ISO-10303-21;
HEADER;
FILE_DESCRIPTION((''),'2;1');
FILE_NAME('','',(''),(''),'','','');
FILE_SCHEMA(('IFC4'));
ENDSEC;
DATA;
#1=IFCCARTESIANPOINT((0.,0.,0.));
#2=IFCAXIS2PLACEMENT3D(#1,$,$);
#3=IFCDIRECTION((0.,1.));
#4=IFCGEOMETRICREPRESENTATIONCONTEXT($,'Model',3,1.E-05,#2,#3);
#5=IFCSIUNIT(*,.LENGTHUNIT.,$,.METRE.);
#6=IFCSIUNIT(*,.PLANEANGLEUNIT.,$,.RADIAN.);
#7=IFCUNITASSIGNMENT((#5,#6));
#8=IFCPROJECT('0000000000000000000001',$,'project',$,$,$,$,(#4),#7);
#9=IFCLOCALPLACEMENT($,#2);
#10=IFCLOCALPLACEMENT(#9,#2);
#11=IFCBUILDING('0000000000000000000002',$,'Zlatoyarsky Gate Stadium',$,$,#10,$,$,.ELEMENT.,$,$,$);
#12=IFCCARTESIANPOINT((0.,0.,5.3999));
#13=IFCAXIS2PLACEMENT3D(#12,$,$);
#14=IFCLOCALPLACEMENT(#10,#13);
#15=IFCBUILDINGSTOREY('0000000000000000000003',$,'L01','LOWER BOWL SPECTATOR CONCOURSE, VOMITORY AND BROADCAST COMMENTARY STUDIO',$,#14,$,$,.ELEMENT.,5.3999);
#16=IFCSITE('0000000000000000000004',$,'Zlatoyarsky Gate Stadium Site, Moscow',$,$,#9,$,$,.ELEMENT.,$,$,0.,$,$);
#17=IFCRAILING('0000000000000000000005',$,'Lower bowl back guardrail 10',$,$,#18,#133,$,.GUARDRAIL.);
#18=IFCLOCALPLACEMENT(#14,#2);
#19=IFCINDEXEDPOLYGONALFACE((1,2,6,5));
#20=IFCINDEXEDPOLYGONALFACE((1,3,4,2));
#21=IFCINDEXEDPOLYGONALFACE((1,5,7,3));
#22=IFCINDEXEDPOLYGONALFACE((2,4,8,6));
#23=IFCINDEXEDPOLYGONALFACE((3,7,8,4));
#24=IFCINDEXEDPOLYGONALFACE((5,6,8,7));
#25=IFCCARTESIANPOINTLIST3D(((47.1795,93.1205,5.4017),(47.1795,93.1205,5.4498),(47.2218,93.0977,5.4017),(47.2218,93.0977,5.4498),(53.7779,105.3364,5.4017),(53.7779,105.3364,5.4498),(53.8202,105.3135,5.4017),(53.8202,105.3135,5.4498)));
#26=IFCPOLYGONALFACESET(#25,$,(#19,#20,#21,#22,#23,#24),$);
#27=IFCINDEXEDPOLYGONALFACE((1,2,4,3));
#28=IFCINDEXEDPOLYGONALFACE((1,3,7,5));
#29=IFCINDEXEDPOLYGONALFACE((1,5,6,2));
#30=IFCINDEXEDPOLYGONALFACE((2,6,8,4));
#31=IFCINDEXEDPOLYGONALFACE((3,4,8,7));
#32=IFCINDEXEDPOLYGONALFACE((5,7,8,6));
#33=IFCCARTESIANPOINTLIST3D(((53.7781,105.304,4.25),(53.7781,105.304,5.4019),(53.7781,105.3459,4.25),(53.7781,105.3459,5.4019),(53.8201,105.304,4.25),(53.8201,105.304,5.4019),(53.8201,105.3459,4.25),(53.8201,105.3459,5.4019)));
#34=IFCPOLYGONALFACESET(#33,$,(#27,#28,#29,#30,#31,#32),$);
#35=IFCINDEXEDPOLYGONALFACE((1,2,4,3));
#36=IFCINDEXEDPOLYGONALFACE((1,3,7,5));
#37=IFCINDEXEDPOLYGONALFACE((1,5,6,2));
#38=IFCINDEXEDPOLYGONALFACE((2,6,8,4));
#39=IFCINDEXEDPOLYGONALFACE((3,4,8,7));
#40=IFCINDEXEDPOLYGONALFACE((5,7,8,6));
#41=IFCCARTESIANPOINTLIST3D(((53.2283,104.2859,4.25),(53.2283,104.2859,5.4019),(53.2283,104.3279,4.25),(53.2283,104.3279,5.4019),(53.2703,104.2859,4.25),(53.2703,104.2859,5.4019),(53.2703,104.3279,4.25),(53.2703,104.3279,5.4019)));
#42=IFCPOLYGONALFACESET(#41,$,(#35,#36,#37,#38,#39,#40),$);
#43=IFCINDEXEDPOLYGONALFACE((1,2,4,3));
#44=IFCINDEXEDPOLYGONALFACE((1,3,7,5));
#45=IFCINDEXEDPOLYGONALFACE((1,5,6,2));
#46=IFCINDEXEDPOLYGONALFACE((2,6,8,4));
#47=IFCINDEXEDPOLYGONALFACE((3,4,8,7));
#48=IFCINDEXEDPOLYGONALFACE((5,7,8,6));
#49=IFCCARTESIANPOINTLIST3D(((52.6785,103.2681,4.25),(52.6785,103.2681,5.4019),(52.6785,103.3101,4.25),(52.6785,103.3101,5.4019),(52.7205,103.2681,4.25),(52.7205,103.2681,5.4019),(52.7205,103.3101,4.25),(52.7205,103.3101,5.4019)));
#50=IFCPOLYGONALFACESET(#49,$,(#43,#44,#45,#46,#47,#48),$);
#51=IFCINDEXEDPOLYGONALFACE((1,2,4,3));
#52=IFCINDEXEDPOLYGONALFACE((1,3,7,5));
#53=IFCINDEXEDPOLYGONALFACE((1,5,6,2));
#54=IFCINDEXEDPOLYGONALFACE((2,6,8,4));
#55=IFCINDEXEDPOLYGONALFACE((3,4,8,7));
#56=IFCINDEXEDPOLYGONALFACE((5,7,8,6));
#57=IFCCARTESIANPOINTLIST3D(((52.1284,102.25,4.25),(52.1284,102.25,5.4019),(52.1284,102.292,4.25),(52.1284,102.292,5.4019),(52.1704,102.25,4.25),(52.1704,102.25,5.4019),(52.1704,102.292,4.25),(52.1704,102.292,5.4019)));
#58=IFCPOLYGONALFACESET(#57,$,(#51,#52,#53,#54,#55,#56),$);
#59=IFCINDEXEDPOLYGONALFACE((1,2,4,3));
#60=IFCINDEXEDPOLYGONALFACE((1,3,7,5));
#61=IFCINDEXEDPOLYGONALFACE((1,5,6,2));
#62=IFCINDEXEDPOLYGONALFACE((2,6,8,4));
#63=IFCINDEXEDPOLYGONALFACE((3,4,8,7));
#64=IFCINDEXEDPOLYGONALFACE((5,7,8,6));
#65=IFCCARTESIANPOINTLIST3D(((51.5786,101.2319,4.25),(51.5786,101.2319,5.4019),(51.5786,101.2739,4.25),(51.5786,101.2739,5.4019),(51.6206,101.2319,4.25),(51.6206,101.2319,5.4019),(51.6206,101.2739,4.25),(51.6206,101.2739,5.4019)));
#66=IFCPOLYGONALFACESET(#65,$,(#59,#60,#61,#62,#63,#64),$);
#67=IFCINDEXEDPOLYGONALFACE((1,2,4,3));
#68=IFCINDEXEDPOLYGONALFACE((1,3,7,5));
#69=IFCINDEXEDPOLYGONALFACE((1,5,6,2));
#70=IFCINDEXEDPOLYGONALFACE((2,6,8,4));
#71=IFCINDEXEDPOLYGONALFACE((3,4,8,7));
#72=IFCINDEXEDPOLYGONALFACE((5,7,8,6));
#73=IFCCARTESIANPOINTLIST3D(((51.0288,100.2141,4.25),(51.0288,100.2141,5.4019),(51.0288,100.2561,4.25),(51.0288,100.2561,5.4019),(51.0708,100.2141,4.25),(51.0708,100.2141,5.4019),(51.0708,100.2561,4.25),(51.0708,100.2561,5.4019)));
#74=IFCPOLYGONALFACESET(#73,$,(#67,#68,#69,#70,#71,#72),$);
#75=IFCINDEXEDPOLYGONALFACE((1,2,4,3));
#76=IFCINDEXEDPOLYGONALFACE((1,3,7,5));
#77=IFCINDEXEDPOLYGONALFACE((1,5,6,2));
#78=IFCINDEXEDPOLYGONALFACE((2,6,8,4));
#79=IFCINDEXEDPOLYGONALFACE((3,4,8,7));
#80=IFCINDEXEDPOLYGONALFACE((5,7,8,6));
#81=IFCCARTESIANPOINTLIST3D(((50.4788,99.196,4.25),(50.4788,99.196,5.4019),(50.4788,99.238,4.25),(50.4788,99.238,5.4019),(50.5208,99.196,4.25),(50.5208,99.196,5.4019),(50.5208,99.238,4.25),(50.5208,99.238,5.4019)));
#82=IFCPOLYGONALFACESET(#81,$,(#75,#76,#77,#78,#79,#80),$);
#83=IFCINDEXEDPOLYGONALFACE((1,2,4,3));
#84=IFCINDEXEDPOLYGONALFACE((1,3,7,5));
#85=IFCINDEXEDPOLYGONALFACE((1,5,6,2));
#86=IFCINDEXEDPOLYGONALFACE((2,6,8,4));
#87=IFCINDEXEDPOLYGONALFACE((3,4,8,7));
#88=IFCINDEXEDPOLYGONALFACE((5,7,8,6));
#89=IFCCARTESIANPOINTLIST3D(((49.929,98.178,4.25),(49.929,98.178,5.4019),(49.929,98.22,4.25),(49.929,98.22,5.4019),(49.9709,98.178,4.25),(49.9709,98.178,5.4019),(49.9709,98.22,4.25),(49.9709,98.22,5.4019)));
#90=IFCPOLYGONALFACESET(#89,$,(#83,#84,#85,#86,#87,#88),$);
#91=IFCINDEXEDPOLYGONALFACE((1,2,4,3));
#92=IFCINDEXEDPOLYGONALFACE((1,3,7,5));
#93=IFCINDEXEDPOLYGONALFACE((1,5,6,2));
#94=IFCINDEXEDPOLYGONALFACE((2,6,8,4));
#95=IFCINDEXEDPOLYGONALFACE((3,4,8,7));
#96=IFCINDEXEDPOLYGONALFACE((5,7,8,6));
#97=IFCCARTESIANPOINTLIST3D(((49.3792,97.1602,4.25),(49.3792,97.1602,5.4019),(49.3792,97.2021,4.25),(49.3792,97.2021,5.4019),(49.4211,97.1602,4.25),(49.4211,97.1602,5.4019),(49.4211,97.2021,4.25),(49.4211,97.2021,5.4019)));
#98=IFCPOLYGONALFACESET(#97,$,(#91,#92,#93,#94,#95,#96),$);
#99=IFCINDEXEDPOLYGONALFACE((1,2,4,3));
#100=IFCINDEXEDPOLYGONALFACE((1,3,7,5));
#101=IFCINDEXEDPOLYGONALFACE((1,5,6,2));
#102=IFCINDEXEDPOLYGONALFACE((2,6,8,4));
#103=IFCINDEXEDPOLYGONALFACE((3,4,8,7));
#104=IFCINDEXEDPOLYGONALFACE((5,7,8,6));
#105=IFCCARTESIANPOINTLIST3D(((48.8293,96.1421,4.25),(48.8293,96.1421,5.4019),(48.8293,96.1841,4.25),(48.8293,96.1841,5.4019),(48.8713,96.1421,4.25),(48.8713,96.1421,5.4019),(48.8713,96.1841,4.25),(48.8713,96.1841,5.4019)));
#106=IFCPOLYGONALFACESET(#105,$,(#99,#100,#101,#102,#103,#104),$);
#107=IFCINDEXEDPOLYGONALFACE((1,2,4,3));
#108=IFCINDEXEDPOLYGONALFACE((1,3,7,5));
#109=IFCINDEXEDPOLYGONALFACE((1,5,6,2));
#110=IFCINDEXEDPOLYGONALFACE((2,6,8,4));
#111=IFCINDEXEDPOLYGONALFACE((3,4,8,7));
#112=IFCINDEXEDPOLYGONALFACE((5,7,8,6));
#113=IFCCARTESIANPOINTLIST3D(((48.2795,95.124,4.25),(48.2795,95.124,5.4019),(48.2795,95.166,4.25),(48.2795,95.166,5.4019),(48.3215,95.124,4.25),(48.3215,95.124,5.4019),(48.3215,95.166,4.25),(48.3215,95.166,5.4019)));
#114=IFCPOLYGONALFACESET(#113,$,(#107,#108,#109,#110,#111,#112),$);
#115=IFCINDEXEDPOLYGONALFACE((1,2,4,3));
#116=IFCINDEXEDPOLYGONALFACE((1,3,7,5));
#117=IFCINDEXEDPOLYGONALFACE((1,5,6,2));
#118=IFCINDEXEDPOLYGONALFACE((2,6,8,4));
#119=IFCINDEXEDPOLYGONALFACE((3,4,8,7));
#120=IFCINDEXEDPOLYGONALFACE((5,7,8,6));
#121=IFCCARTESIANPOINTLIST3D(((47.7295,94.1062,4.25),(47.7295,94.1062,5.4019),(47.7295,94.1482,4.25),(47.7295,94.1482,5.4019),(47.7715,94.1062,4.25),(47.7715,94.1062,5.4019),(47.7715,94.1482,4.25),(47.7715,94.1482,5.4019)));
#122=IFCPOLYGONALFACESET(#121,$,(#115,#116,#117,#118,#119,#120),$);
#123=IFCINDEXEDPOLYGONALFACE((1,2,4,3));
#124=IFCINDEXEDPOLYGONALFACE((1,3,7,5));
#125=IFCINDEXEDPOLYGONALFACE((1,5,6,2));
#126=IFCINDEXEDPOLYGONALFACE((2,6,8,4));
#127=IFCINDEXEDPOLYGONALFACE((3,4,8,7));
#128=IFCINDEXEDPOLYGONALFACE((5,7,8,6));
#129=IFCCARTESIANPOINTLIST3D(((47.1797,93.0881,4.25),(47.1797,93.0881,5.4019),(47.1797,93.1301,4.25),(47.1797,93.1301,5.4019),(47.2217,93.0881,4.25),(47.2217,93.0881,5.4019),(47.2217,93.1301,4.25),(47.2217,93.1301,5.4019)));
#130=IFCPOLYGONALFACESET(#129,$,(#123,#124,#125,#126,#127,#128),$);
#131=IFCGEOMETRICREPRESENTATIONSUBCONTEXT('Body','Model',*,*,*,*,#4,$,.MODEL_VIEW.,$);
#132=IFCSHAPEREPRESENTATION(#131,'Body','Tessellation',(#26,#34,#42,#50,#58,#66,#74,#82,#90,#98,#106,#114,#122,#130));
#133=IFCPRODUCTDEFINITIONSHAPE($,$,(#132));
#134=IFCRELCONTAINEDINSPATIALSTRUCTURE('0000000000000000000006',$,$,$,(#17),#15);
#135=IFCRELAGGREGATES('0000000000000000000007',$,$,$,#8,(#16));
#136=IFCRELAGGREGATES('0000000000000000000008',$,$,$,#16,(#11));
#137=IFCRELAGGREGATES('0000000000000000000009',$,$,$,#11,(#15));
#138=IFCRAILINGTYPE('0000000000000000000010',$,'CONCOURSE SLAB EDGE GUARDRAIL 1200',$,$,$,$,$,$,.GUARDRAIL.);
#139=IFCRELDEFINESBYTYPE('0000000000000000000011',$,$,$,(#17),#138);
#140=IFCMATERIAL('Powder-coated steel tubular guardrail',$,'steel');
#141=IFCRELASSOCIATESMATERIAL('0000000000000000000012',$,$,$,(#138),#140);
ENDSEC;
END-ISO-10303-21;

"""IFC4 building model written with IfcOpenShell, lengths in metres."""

from ifc_helpers import new_model, si_unit, direction, frame, origin, origin_2d, place, context, subcontext, project, spatial, rectangle, extrude, material, type_object, element, save


model = new_model("IFC4")

# Units and contexts
model_context = context("Model", 3, precision=1e-05, world=origin(), true_north=direction((0.0, 1.0)))
body_context = subcontext(model_context, "Body", "Model", "MODEL_VIEW")
ifc_project = project(units=[si_unit("LENGTHUNIT", "METRE"), si_unit("PLANEANGLEUNIT", "RADIAN")], contexts=[model_context])

# Site, building, storey
site_placement = place(None, origin())
site = spatial("IfcSite", under=ifc_project, at=site_placement, Name="Zlatoyarsky Gate Stadium Site, Moscow", CompositionType="ELEMENT", RefElevation=0.0)
building_placement = place(site_placement, origin())
building = spatial("IfcBuilding", under=site, at=building_placement, Name="Zlatoyarsky Gate Stadium", CompositionType="ELEMENT")
storey_placement = place(building_placement, frame((0.0, 0.0, 5.3999)))
storey = spatial("IfcBuildingStorey", under=building, at=storey_placement, Name="L01", Description="LOWER BOWL SPECTATOR CONCOURSE, VOMITORY AND BROADCAST COMMENTARY STUDIO", CompositionType="ELEMENT", Elevation=5.3999)

# Railing
ifc_material_1 = material(Name="Powder-coated steel tubular guardrail", Category="steel")
railing_type_1 = type_object("IfcRailingType", Name="CONCOURSE SLAB EDGE GUARDRAIL 1200", PredefinedType="GUARDRAIL", material=ifc_material_1)
railing_1_placement = place(storey_placement, frame((53.7991, 105.325, 4.25)))
element("IfcRailing", 1, at=railing_1_placement, inside=storey, type_object=railing_type_1, Name="Lower bowl back guardrail 10", PredefinedType="GUARDRAIL", context=body_context, shape_type="SweptSolid", body=[
    extrude(rectangle(XDim=0.0481, YDim=0.0481, at=origin_2d()), frame((0.0, 0.0, 1.1758), z_axis=(-0.475252, -0.87985, 0.0), x_axis=(0.87985, -0.475252, 0.0)), (0.0, 0.0, 1.0), 13.884),
    extrude(rectangle(XDim=0.042, YDim=0.042, at=origin_2d()), origin(), (0.0, 0.0, 1.0), 1.1519),
    extrude(rectangle(XDim=0.042, YDim=0.042, at=origin_2d()), frame((-0.5498, -1.0181, 0.0)), (0.0, 0.0, 1.0), 1.1519),
    extrude(rectangle(XDim=0.042, YDim=0.042, at=origin_2d()), frame((-1.0996, -2.0359, 0.0)), (0.0, 0.0, 1.0), 1.1519),
    extrude(rectangle(XDim=0.042, YDim=0.042, at=origin_2d()), frame((-1.6497, -3.054, 0.0)), (0.0, 0.0, 1.0), 1.1519),
    extrude(rectangle(XDim=0.042, YDim=0.042, at=origin_2d()), frame((-2.1995, -4.072, 0.0)), (0.0, 0.0, 1.0), 1.1519),
    extrude(rectangle(XDim=0.042, YDim=0.042, at=origin_2d()), frame((-2.7493, -5.0898, 0.0)), (0.0, 0.0, 1.0), 1.1519),
    extrude(rectangle(XDim=0.042, YDim=0.042, at=origin_2d()), frame((-3.2993, -6.1079, 0.0)), (0.0, 0.0, 1.0), 1.1519),
    extrude(rectangle(XDim=0.042, YDim=0.042, at=origin_2d()), frame((-3.8491, -7.126, 0.0)), (0.0, 0.0, 1.0), 1.1519),
    extrude(rectangle(XDim=0.042, YDim=0.042, at=origin_2d()), frame((-4.3989, -8.1438, 0.0)), (0.0, 0.0, 1.0), 1.1519),
    extrude(rectangle(XDim=0.042, YDim=0.042, at=origin_2d()), frame((-4.9487, -9.1619, 0.0)), (0.0, 0.0, 1.0), 1.1519),
    extrude(rectangle(XDim=0.042, YDim=0.042, at=origin_2d()), frame((-5.4985, -10.1799, 0.0)), (0.0, 0.0, 1.0), 1.1519),
    extrude(rectangle(XDim=0.042, YDim=0.042, at=origin_2d()), frame((-6.0486, -11.1978, 0.0)), (0.0, 0.0, 1.0), 1.1519),
    extrude(rectangle(XDim=0.042, YDim=0.042, at=origin_2d()), frame((-6.5984, -12.2158, 0.0)), (0.0, 0.0, 1.0), 1.1519),
])

save(model, "model.ifc")
